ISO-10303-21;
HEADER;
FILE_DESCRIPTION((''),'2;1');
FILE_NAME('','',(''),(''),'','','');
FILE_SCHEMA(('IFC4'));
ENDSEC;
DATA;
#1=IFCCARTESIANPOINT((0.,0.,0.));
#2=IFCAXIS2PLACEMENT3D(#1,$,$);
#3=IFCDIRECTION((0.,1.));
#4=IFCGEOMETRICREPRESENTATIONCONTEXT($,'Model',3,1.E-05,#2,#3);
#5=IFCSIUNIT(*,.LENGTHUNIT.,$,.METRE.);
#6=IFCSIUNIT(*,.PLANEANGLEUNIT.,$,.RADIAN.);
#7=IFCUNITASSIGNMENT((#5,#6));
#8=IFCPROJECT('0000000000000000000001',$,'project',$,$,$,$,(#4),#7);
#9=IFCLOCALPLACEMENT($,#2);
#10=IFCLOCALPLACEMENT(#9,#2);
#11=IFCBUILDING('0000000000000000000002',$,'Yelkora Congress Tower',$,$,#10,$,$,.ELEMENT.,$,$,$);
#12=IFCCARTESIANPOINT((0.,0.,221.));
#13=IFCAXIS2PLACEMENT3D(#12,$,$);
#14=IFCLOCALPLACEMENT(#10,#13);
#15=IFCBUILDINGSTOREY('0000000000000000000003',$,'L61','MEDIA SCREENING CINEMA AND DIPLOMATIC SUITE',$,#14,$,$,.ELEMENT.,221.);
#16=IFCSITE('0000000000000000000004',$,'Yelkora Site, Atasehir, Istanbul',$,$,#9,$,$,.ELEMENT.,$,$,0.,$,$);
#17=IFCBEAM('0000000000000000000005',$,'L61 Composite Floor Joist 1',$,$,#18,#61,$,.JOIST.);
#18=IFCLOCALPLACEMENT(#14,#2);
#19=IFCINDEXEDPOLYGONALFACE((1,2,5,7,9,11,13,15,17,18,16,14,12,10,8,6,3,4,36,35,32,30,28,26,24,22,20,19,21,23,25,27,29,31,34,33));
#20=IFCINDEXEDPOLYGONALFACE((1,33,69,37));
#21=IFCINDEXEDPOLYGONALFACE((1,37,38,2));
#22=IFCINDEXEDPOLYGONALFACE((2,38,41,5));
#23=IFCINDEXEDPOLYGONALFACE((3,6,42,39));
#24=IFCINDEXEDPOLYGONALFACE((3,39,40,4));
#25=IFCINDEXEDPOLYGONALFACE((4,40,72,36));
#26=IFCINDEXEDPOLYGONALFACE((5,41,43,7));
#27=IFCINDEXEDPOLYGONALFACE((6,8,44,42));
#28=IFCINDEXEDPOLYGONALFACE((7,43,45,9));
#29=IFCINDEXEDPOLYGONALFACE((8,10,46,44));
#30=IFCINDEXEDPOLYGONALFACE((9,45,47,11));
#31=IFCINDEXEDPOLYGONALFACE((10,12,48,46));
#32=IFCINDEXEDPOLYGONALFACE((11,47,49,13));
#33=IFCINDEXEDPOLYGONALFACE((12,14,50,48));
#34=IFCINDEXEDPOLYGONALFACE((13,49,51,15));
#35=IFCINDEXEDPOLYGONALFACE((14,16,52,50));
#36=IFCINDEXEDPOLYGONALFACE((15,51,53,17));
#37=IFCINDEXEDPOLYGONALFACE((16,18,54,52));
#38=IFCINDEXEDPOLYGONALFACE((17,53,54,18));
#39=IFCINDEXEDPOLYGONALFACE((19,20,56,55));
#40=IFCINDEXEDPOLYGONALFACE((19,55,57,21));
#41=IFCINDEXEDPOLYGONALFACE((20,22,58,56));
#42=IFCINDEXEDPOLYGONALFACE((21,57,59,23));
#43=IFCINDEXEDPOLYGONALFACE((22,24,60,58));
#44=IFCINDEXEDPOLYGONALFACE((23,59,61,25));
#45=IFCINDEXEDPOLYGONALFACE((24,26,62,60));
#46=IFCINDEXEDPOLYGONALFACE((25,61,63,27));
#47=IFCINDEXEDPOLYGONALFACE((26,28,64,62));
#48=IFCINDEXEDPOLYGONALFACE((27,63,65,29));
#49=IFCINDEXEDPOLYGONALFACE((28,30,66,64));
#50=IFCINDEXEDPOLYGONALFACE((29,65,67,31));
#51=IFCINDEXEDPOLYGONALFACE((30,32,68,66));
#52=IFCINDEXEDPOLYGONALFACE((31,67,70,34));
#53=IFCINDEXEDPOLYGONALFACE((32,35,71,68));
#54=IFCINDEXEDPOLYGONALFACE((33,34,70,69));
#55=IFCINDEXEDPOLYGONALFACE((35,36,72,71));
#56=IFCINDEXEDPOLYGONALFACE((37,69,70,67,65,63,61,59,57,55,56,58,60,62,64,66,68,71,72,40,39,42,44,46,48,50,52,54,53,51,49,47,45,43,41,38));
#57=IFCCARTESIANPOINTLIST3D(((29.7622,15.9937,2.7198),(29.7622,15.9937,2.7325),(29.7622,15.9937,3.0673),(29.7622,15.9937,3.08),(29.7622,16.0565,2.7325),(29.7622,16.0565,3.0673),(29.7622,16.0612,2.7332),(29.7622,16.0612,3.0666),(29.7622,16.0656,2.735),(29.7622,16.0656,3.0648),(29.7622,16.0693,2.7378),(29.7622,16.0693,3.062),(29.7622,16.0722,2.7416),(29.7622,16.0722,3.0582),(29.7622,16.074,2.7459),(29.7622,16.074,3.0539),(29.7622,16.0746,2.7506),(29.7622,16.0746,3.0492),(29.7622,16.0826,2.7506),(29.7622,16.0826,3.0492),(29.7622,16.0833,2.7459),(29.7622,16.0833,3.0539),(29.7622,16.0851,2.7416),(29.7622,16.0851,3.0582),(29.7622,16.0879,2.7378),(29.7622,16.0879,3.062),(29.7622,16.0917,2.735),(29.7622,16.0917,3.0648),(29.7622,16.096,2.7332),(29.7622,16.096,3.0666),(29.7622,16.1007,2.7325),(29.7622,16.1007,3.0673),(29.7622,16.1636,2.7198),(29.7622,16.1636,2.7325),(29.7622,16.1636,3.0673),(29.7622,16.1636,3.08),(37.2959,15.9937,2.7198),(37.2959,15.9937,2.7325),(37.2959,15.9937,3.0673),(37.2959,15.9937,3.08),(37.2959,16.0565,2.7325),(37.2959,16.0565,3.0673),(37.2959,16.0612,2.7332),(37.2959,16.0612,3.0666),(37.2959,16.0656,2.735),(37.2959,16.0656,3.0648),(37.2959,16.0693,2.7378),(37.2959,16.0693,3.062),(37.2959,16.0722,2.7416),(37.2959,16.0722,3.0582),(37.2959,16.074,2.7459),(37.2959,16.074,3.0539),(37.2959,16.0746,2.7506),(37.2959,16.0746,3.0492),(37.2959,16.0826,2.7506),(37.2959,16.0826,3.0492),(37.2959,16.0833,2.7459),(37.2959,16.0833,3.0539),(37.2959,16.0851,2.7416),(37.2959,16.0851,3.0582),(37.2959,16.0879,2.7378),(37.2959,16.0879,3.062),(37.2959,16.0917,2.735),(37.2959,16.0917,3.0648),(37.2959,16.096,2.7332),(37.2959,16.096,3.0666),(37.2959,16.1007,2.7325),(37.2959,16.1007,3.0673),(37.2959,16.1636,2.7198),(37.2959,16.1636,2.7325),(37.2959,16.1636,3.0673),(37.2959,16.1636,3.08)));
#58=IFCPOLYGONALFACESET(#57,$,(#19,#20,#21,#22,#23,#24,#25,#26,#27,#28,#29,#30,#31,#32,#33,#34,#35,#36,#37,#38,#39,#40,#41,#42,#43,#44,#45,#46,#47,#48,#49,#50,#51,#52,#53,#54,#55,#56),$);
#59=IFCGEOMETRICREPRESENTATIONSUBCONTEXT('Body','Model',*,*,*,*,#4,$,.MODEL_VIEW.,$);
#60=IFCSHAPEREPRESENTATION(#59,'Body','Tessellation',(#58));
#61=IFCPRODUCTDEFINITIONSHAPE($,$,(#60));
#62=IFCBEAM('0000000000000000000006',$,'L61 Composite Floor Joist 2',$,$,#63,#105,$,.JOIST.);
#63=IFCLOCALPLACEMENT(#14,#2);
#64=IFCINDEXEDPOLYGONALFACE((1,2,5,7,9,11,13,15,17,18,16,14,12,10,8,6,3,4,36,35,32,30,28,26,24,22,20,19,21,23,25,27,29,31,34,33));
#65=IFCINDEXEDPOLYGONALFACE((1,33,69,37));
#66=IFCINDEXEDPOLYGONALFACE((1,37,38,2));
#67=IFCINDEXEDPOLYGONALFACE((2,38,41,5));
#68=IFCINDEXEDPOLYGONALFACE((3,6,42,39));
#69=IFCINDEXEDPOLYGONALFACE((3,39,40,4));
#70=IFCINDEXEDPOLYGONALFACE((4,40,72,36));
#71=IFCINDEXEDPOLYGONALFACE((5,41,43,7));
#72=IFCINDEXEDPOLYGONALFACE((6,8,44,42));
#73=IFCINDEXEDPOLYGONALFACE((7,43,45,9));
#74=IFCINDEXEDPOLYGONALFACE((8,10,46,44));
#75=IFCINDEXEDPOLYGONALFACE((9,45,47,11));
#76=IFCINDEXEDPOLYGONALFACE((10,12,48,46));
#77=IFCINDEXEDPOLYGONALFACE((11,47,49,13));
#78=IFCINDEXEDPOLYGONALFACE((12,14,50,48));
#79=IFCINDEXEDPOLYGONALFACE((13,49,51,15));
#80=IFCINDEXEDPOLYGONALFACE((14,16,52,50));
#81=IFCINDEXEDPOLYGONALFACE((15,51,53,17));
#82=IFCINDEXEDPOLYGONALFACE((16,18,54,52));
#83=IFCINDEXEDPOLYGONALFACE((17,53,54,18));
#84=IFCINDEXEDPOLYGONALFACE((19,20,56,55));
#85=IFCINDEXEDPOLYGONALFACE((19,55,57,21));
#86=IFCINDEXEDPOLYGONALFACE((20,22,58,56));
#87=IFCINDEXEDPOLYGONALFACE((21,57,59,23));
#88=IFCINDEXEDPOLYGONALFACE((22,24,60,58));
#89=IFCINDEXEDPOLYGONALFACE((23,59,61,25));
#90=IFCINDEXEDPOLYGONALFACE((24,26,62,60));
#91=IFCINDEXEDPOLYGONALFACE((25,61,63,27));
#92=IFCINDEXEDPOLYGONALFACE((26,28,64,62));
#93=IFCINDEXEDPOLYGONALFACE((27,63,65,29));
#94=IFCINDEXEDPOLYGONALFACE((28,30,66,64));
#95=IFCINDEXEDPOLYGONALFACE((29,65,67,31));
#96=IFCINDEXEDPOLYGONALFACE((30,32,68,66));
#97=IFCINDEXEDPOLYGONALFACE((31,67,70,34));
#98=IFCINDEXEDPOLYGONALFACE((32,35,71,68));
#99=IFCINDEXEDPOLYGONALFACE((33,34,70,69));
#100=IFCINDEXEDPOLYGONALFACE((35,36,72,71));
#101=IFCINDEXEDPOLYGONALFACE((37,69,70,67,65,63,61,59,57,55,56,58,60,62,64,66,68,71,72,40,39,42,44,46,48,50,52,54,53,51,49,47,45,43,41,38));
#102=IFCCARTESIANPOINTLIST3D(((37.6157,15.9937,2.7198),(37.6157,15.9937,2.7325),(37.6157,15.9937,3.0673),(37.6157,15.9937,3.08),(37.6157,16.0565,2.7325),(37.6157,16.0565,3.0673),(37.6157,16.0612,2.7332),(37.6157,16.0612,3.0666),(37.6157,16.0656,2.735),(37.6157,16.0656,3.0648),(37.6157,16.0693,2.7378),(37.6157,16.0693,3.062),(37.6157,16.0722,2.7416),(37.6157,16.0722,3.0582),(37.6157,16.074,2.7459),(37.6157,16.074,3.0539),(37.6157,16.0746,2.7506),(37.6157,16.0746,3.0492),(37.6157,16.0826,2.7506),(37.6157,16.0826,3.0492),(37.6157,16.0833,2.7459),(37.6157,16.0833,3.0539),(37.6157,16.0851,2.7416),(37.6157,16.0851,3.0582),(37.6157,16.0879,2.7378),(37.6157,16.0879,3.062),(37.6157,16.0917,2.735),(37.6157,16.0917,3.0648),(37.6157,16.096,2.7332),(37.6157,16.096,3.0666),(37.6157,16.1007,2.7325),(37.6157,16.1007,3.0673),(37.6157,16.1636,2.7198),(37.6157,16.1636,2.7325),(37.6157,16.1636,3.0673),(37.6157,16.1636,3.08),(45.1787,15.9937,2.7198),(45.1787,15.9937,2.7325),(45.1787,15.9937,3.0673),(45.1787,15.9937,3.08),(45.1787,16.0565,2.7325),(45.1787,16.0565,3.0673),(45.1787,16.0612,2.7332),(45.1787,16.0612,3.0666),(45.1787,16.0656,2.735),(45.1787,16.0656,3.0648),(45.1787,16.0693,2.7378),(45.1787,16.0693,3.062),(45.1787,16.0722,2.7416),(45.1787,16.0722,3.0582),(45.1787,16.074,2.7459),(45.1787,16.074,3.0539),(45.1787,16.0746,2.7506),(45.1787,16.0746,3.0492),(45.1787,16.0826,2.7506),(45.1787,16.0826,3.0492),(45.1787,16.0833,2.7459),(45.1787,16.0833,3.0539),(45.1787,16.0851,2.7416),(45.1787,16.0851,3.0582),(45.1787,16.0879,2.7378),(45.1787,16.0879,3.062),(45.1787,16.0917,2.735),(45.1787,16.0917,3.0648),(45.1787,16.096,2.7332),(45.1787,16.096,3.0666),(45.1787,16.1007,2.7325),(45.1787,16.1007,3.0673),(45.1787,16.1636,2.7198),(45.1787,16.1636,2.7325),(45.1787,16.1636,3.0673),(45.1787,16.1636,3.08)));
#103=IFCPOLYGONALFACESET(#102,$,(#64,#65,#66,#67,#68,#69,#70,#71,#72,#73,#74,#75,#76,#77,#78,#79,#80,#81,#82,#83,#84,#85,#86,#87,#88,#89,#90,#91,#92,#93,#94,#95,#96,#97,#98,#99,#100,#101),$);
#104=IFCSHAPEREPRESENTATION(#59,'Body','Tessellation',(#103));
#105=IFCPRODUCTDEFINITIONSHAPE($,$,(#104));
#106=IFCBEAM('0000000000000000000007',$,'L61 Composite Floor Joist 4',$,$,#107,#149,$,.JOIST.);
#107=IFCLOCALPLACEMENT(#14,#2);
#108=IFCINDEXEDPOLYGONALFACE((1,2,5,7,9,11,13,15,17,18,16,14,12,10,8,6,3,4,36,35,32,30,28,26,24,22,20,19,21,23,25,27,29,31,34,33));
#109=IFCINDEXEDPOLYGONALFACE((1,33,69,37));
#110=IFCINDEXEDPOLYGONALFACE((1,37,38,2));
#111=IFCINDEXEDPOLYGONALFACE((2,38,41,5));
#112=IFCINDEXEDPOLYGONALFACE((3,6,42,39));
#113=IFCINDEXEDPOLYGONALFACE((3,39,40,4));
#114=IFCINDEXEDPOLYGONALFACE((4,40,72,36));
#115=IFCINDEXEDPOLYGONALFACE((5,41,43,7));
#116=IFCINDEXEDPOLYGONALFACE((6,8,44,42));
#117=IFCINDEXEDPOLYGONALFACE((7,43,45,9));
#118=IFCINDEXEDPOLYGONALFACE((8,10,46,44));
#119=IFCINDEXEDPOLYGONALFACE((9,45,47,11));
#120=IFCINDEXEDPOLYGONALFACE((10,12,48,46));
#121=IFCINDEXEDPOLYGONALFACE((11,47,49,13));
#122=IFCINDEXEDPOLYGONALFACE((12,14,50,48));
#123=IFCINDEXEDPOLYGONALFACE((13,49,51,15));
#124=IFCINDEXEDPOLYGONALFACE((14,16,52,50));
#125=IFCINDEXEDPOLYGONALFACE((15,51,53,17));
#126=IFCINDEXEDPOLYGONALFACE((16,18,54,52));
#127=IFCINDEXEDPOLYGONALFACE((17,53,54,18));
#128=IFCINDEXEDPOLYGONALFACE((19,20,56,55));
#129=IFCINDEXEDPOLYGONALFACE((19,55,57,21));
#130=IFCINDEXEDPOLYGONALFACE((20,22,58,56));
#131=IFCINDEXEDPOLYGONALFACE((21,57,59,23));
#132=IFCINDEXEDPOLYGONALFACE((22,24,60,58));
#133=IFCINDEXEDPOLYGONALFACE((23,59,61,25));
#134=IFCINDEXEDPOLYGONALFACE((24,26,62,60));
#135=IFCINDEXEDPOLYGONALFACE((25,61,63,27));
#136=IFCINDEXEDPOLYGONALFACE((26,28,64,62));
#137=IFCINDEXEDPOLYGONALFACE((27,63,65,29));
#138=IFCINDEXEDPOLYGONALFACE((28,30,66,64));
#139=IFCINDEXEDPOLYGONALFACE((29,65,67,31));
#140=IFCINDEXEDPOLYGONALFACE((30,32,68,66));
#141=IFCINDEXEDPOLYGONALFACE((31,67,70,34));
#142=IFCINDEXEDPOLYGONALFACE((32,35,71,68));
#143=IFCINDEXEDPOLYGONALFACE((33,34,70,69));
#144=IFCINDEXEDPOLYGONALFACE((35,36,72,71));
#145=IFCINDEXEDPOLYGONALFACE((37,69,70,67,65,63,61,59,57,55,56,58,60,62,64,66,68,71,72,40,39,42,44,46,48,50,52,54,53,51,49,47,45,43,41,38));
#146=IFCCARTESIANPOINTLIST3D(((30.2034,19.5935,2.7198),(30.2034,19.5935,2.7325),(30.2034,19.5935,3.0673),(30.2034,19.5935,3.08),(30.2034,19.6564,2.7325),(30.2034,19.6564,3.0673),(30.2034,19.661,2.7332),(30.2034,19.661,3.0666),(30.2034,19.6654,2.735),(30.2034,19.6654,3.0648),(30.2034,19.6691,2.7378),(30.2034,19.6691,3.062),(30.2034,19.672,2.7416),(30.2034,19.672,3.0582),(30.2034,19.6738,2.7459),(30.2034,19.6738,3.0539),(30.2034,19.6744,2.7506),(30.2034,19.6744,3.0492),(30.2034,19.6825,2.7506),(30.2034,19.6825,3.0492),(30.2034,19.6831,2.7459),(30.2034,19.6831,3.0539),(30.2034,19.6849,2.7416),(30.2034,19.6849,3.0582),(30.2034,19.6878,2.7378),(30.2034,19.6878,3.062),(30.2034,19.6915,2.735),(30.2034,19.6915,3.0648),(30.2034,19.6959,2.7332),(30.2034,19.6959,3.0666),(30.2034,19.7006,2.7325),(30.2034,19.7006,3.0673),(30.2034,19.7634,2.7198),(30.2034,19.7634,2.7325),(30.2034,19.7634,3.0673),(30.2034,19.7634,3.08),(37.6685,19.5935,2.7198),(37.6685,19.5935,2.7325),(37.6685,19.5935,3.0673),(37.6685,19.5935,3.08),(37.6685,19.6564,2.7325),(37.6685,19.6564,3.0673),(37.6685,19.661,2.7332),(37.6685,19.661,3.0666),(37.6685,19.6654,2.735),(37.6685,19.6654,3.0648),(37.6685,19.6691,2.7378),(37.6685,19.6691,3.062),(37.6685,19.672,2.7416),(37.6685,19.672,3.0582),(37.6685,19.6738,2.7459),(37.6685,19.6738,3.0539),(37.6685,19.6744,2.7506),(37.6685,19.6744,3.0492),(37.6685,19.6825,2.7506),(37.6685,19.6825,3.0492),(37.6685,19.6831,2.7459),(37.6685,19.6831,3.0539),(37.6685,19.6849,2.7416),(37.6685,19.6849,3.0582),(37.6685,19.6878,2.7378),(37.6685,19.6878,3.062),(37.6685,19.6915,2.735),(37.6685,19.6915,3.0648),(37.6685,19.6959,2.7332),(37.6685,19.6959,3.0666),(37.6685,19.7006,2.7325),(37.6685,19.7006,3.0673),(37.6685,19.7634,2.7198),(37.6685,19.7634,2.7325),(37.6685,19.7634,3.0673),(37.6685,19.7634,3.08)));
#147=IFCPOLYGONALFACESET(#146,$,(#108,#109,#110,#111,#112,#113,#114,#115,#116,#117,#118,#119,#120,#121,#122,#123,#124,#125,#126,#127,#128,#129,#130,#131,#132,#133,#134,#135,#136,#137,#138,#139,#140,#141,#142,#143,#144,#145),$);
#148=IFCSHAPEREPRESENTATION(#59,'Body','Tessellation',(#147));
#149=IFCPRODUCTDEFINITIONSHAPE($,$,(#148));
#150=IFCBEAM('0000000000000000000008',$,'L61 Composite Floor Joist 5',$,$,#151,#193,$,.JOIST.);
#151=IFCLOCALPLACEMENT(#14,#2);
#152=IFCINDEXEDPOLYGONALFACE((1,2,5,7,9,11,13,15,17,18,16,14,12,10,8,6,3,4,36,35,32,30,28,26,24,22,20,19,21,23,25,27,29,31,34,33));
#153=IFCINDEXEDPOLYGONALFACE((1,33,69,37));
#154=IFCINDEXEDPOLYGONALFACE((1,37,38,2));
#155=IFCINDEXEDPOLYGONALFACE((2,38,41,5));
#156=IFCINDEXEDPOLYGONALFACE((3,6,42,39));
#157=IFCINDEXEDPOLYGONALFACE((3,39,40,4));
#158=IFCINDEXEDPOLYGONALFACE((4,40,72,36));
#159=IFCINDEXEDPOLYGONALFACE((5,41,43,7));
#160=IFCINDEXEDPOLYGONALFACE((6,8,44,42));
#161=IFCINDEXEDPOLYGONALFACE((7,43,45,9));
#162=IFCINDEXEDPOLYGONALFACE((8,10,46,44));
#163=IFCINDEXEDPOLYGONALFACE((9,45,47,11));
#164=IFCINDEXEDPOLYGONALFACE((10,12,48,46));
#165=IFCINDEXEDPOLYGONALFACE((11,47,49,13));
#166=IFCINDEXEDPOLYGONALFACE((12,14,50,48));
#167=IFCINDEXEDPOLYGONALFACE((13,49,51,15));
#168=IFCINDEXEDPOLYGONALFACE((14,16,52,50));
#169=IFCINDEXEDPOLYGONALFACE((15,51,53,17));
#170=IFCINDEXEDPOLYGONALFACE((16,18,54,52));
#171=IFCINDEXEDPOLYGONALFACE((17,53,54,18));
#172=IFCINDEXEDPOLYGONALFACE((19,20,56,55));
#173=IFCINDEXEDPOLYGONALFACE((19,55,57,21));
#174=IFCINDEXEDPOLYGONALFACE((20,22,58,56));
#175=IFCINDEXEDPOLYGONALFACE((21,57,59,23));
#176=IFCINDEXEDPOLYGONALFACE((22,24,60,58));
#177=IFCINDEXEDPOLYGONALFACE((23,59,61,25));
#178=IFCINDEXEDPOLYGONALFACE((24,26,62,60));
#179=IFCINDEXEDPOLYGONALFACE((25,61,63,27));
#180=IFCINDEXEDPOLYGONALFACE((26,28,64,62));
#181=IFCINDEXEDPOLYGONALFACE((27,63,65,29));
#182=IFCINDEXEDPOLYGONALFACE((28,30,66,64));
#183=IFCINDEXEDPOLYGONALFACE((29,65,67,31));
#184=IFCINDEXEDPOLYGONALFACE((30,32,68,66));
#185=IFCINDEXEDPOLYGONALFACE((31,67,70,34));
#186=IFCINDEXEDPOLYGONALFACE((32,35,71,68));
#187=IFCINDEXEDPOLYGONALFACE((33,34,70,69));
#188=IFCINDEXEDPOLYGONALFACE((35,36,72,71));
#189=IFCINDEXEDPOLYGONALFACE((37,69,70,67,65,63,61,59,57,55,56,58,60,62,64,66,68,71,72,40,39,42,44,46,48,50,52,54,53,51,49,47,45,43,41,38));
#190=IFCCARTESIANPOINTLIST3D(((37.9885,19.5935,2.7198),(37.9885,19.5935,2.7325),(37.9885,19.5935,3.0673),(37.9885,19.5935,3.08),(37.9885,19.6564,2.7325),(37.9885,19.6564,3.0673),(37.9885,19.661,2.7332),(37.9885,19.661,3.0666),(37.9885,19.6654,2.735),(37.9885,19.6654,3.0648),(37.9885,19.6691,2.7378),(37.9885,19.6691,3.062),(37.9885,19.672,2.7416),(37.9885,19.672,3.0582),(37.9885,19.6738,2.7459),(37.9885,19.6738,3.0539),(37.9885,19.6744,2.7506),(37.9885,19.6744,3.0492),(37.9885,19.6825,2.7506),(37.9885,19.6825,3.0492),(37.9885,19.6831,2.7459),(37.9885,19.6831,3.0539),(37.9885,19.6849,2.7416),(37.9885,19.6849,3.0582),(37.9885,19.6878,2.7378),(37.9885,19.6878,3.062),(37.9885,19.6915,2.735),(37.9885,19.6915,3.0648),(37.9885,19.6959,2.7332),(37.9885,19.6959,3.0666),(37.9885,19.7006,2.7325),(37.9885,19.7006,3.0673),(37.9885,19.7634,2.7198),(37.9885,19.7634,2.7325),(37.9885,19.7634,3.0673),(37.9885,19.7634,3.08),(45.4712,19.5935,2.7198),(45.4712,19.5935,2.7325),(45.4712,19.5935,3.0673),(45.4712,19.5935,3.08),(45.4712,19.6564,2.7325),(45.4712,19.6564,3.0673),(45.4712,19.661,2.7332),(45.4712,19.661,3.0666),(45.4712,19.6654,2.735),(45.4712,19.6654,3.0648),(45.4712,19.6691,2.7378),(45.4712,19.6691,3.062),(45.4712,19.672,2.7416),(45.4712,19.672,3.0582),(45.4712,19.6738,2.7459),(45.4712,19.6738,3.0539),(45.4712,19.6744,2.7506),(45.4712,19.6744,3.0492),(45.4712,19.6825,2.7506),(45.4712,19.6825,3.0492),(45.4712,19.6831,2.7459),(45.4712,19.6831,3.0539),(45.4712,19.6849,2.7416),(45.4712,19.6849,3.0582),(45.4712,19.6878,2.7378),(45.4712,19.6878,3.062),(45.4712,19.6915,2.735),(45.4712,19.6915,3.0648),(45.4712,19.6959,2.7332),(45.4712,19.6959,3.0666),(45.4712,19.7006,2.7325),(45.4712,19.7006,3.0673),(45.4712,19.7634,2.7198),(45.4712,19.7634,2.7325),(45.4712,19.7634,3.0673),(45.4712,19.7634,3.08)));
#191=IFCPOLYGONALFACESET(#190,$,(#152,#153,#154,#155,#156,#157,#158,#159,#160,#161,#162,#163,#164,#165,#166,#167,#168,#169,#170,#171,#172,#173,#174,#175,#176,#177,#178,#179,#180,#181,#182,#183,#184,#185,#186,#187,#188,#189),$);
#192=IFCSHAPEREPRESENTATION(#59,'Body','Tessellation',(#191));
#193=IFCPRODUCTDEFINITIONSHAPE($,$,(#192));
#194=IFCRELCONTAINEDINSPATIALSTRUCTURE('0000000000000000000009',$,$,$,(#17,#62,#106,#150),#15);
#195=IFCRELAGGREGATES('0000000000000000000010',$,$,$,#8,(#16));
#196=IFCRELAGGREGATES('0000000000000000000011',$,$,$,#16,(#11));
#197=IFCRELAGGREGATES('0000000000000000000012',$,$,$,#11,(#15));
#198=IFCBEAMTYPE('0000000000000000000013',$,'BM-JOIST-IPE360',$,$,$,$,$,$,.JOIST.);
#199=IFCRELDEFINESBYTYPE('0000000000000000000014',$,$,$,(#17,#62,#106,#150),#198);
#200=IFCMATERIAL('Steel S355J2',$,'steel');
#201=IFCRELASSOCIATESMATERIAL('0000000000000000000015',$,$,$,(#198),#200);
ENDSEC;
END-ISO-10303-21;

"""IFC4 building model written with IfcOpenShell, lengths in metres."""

from ifc_helpers import new_model, si_unit, direction, frame, origin, origin_2d, place, context, subcontext, project, spatial, i_section, extrude, material, material_profile, profile_set, type_object, element, save


model = new_model("IFC4")

# Units and contexts
model_context = context("Model", 3, precision=1e-05, world=origin(), true_north=direction((0.0, 1.0)))
body_context = subcontext(model_context, "Body", "Model", "MODEL_VIEW")
ifc_project = project(units=[si_unit("LENGTHUNIT", "METRE"), si_unit("PLANEANGLEUNIT", "RADIAN")], contexts=[model_context])

# Site, building, storey
site_placement = place(None, origin())
site = spatial("IfcSite", under=ifc_project, at=site_placement, Name="Yelkora Site, Atasehir, Istanbul", CompositionType="ELEMENT", RefElevation=0.0)
building_placement = place(site_placement, origin())
building = spatial("IfcBuilding", under=site, at=building_placement, Name="Yelkora Congress Tower", CompositionType="ELEMENT")
storey_placement = place(building_placement, frame((0.0, 0.0, 221.0)))
storey = spatial("IfcBuildingStorey", under=building, at=storey_placement, Name="L61", Description="MEDIA SCREENING CINEMA AND DIPLOMATIC SUITE", CompositionType="ELEMENT", Elevation=221.0)

# Shared definitions
ifc_material_1 = material(Name="Steel S355J2", Category="steel")

# Beams
ifc_material_profile_1 = material_profile(ifc_material_1, i_section(OverallWidth=0.1699, OverallDepth=0.3601, WebThickness=0.0081, FlangeThickness=0.0127, FilletRadius=0.0181, at=origin_2d()), Name="IPE 360")
ifc_profile_set_1 = profile_set([ifc_material_profile_1], Name="Steel S355J2")
beam_type_1 = type_object("IfcBeamType", Name="BM-JOIST-IPE360", PredefinedType="JOIST", material=ifc_profile_set_1)
beam_1_placement = place(storey_placement, frame((29.7622, 16.0786, 2.8999), z_axis=(1.0, 0.0, 0.0), x_axis=(0.0, 1.0, 0.0)))
element("IfcBeam", 1, at=beam_1_placement, inside=storey, type_object=beam_type_1, Name="L61 Composite Floor Joist 1", PredefinedType="JOIST", context=body_context, shape_type="SweptSolid", body=[
    extrude(i_section(OverallWidth=0.1699, OverallDepth=0.3601, WebThickness=0.0081, FlangeThickness=0.0127, FilletRadius=0.0181, at=origin_2d()), origin(), (0.0, 0.0, 1.0), 7.5337),
])
beam_2_placement = place(storey_placement, frame((37.6157, 16.0786, 2.8999), z_axis=(1.0, 0.0, 0.0), x_axis=(0.0, 1.0, 0.0)))
element("IfcBeam", 2, at=beam_2_placement, inside=storey, type_object=beam_type_1, Name="L61 Composite Floor Joist 2", PredefinedType="JOIST", context=body_context, shape_type="SweptSolid", body=[
    extrude(i_section(OverallWidth=0.1699, OverallDepth=0.3601, WebThickness=0.0081, FlangeThickness=0.0127, FilletRadius=0.0181, at=origin_2d()), origin(), (0.0, 0.0, 1.0), 7.563),
])
beam_3_placement = place(storey_placement, frame((30.2034, 19.6785, 2.8999), z_axis=(1.0, 0.0, 0.0), x_axis=(0.0, 1.0, 0.0)))
element("IfcBeam", 3, at=beam_3_placement, inside=storey, type_object=beam_type_1, Name="L61 Composite Floor Joist 4", PredefinedType="JOIST", context=body_context, shape_type="SweptSolid", body=[
    extrude(i_section(OverallWidth=0.1699, OverallDepth=0.3601, WebThickness=0.0081, FlangeThickness=0.0127, FilletRadius=0.0181, at=origin_2d()), origin(), (0.0, 0.0, 1.0), 7.4651),
])
beam_4_placement = place(storey_placement, frame((37.9885, 19.6785, 2.8999), z_axis=(1.0, 0.0, 0.0), x_axis=(0.0, 1.0, 0.0)))
element("IfcBeam", 4, at=beam_4_placement, inside=storey, type_object=beam_type_1, Name="L61 Composite Floor Joist 5", PredefinedType="JOIST", context=body_context, shape_type="SweptSolid", body=[
    extrude(i_section(OverallWidth=0.1699, OverallDepth=0.3601, WebThickness=0.0081, FlangeThickness=0.0127, FilletRadius=0.0181, at=origin_2d()), origin(), (0.0, 0.0, 1.0), 7.4827),
])

save(model, "model.ifc")
